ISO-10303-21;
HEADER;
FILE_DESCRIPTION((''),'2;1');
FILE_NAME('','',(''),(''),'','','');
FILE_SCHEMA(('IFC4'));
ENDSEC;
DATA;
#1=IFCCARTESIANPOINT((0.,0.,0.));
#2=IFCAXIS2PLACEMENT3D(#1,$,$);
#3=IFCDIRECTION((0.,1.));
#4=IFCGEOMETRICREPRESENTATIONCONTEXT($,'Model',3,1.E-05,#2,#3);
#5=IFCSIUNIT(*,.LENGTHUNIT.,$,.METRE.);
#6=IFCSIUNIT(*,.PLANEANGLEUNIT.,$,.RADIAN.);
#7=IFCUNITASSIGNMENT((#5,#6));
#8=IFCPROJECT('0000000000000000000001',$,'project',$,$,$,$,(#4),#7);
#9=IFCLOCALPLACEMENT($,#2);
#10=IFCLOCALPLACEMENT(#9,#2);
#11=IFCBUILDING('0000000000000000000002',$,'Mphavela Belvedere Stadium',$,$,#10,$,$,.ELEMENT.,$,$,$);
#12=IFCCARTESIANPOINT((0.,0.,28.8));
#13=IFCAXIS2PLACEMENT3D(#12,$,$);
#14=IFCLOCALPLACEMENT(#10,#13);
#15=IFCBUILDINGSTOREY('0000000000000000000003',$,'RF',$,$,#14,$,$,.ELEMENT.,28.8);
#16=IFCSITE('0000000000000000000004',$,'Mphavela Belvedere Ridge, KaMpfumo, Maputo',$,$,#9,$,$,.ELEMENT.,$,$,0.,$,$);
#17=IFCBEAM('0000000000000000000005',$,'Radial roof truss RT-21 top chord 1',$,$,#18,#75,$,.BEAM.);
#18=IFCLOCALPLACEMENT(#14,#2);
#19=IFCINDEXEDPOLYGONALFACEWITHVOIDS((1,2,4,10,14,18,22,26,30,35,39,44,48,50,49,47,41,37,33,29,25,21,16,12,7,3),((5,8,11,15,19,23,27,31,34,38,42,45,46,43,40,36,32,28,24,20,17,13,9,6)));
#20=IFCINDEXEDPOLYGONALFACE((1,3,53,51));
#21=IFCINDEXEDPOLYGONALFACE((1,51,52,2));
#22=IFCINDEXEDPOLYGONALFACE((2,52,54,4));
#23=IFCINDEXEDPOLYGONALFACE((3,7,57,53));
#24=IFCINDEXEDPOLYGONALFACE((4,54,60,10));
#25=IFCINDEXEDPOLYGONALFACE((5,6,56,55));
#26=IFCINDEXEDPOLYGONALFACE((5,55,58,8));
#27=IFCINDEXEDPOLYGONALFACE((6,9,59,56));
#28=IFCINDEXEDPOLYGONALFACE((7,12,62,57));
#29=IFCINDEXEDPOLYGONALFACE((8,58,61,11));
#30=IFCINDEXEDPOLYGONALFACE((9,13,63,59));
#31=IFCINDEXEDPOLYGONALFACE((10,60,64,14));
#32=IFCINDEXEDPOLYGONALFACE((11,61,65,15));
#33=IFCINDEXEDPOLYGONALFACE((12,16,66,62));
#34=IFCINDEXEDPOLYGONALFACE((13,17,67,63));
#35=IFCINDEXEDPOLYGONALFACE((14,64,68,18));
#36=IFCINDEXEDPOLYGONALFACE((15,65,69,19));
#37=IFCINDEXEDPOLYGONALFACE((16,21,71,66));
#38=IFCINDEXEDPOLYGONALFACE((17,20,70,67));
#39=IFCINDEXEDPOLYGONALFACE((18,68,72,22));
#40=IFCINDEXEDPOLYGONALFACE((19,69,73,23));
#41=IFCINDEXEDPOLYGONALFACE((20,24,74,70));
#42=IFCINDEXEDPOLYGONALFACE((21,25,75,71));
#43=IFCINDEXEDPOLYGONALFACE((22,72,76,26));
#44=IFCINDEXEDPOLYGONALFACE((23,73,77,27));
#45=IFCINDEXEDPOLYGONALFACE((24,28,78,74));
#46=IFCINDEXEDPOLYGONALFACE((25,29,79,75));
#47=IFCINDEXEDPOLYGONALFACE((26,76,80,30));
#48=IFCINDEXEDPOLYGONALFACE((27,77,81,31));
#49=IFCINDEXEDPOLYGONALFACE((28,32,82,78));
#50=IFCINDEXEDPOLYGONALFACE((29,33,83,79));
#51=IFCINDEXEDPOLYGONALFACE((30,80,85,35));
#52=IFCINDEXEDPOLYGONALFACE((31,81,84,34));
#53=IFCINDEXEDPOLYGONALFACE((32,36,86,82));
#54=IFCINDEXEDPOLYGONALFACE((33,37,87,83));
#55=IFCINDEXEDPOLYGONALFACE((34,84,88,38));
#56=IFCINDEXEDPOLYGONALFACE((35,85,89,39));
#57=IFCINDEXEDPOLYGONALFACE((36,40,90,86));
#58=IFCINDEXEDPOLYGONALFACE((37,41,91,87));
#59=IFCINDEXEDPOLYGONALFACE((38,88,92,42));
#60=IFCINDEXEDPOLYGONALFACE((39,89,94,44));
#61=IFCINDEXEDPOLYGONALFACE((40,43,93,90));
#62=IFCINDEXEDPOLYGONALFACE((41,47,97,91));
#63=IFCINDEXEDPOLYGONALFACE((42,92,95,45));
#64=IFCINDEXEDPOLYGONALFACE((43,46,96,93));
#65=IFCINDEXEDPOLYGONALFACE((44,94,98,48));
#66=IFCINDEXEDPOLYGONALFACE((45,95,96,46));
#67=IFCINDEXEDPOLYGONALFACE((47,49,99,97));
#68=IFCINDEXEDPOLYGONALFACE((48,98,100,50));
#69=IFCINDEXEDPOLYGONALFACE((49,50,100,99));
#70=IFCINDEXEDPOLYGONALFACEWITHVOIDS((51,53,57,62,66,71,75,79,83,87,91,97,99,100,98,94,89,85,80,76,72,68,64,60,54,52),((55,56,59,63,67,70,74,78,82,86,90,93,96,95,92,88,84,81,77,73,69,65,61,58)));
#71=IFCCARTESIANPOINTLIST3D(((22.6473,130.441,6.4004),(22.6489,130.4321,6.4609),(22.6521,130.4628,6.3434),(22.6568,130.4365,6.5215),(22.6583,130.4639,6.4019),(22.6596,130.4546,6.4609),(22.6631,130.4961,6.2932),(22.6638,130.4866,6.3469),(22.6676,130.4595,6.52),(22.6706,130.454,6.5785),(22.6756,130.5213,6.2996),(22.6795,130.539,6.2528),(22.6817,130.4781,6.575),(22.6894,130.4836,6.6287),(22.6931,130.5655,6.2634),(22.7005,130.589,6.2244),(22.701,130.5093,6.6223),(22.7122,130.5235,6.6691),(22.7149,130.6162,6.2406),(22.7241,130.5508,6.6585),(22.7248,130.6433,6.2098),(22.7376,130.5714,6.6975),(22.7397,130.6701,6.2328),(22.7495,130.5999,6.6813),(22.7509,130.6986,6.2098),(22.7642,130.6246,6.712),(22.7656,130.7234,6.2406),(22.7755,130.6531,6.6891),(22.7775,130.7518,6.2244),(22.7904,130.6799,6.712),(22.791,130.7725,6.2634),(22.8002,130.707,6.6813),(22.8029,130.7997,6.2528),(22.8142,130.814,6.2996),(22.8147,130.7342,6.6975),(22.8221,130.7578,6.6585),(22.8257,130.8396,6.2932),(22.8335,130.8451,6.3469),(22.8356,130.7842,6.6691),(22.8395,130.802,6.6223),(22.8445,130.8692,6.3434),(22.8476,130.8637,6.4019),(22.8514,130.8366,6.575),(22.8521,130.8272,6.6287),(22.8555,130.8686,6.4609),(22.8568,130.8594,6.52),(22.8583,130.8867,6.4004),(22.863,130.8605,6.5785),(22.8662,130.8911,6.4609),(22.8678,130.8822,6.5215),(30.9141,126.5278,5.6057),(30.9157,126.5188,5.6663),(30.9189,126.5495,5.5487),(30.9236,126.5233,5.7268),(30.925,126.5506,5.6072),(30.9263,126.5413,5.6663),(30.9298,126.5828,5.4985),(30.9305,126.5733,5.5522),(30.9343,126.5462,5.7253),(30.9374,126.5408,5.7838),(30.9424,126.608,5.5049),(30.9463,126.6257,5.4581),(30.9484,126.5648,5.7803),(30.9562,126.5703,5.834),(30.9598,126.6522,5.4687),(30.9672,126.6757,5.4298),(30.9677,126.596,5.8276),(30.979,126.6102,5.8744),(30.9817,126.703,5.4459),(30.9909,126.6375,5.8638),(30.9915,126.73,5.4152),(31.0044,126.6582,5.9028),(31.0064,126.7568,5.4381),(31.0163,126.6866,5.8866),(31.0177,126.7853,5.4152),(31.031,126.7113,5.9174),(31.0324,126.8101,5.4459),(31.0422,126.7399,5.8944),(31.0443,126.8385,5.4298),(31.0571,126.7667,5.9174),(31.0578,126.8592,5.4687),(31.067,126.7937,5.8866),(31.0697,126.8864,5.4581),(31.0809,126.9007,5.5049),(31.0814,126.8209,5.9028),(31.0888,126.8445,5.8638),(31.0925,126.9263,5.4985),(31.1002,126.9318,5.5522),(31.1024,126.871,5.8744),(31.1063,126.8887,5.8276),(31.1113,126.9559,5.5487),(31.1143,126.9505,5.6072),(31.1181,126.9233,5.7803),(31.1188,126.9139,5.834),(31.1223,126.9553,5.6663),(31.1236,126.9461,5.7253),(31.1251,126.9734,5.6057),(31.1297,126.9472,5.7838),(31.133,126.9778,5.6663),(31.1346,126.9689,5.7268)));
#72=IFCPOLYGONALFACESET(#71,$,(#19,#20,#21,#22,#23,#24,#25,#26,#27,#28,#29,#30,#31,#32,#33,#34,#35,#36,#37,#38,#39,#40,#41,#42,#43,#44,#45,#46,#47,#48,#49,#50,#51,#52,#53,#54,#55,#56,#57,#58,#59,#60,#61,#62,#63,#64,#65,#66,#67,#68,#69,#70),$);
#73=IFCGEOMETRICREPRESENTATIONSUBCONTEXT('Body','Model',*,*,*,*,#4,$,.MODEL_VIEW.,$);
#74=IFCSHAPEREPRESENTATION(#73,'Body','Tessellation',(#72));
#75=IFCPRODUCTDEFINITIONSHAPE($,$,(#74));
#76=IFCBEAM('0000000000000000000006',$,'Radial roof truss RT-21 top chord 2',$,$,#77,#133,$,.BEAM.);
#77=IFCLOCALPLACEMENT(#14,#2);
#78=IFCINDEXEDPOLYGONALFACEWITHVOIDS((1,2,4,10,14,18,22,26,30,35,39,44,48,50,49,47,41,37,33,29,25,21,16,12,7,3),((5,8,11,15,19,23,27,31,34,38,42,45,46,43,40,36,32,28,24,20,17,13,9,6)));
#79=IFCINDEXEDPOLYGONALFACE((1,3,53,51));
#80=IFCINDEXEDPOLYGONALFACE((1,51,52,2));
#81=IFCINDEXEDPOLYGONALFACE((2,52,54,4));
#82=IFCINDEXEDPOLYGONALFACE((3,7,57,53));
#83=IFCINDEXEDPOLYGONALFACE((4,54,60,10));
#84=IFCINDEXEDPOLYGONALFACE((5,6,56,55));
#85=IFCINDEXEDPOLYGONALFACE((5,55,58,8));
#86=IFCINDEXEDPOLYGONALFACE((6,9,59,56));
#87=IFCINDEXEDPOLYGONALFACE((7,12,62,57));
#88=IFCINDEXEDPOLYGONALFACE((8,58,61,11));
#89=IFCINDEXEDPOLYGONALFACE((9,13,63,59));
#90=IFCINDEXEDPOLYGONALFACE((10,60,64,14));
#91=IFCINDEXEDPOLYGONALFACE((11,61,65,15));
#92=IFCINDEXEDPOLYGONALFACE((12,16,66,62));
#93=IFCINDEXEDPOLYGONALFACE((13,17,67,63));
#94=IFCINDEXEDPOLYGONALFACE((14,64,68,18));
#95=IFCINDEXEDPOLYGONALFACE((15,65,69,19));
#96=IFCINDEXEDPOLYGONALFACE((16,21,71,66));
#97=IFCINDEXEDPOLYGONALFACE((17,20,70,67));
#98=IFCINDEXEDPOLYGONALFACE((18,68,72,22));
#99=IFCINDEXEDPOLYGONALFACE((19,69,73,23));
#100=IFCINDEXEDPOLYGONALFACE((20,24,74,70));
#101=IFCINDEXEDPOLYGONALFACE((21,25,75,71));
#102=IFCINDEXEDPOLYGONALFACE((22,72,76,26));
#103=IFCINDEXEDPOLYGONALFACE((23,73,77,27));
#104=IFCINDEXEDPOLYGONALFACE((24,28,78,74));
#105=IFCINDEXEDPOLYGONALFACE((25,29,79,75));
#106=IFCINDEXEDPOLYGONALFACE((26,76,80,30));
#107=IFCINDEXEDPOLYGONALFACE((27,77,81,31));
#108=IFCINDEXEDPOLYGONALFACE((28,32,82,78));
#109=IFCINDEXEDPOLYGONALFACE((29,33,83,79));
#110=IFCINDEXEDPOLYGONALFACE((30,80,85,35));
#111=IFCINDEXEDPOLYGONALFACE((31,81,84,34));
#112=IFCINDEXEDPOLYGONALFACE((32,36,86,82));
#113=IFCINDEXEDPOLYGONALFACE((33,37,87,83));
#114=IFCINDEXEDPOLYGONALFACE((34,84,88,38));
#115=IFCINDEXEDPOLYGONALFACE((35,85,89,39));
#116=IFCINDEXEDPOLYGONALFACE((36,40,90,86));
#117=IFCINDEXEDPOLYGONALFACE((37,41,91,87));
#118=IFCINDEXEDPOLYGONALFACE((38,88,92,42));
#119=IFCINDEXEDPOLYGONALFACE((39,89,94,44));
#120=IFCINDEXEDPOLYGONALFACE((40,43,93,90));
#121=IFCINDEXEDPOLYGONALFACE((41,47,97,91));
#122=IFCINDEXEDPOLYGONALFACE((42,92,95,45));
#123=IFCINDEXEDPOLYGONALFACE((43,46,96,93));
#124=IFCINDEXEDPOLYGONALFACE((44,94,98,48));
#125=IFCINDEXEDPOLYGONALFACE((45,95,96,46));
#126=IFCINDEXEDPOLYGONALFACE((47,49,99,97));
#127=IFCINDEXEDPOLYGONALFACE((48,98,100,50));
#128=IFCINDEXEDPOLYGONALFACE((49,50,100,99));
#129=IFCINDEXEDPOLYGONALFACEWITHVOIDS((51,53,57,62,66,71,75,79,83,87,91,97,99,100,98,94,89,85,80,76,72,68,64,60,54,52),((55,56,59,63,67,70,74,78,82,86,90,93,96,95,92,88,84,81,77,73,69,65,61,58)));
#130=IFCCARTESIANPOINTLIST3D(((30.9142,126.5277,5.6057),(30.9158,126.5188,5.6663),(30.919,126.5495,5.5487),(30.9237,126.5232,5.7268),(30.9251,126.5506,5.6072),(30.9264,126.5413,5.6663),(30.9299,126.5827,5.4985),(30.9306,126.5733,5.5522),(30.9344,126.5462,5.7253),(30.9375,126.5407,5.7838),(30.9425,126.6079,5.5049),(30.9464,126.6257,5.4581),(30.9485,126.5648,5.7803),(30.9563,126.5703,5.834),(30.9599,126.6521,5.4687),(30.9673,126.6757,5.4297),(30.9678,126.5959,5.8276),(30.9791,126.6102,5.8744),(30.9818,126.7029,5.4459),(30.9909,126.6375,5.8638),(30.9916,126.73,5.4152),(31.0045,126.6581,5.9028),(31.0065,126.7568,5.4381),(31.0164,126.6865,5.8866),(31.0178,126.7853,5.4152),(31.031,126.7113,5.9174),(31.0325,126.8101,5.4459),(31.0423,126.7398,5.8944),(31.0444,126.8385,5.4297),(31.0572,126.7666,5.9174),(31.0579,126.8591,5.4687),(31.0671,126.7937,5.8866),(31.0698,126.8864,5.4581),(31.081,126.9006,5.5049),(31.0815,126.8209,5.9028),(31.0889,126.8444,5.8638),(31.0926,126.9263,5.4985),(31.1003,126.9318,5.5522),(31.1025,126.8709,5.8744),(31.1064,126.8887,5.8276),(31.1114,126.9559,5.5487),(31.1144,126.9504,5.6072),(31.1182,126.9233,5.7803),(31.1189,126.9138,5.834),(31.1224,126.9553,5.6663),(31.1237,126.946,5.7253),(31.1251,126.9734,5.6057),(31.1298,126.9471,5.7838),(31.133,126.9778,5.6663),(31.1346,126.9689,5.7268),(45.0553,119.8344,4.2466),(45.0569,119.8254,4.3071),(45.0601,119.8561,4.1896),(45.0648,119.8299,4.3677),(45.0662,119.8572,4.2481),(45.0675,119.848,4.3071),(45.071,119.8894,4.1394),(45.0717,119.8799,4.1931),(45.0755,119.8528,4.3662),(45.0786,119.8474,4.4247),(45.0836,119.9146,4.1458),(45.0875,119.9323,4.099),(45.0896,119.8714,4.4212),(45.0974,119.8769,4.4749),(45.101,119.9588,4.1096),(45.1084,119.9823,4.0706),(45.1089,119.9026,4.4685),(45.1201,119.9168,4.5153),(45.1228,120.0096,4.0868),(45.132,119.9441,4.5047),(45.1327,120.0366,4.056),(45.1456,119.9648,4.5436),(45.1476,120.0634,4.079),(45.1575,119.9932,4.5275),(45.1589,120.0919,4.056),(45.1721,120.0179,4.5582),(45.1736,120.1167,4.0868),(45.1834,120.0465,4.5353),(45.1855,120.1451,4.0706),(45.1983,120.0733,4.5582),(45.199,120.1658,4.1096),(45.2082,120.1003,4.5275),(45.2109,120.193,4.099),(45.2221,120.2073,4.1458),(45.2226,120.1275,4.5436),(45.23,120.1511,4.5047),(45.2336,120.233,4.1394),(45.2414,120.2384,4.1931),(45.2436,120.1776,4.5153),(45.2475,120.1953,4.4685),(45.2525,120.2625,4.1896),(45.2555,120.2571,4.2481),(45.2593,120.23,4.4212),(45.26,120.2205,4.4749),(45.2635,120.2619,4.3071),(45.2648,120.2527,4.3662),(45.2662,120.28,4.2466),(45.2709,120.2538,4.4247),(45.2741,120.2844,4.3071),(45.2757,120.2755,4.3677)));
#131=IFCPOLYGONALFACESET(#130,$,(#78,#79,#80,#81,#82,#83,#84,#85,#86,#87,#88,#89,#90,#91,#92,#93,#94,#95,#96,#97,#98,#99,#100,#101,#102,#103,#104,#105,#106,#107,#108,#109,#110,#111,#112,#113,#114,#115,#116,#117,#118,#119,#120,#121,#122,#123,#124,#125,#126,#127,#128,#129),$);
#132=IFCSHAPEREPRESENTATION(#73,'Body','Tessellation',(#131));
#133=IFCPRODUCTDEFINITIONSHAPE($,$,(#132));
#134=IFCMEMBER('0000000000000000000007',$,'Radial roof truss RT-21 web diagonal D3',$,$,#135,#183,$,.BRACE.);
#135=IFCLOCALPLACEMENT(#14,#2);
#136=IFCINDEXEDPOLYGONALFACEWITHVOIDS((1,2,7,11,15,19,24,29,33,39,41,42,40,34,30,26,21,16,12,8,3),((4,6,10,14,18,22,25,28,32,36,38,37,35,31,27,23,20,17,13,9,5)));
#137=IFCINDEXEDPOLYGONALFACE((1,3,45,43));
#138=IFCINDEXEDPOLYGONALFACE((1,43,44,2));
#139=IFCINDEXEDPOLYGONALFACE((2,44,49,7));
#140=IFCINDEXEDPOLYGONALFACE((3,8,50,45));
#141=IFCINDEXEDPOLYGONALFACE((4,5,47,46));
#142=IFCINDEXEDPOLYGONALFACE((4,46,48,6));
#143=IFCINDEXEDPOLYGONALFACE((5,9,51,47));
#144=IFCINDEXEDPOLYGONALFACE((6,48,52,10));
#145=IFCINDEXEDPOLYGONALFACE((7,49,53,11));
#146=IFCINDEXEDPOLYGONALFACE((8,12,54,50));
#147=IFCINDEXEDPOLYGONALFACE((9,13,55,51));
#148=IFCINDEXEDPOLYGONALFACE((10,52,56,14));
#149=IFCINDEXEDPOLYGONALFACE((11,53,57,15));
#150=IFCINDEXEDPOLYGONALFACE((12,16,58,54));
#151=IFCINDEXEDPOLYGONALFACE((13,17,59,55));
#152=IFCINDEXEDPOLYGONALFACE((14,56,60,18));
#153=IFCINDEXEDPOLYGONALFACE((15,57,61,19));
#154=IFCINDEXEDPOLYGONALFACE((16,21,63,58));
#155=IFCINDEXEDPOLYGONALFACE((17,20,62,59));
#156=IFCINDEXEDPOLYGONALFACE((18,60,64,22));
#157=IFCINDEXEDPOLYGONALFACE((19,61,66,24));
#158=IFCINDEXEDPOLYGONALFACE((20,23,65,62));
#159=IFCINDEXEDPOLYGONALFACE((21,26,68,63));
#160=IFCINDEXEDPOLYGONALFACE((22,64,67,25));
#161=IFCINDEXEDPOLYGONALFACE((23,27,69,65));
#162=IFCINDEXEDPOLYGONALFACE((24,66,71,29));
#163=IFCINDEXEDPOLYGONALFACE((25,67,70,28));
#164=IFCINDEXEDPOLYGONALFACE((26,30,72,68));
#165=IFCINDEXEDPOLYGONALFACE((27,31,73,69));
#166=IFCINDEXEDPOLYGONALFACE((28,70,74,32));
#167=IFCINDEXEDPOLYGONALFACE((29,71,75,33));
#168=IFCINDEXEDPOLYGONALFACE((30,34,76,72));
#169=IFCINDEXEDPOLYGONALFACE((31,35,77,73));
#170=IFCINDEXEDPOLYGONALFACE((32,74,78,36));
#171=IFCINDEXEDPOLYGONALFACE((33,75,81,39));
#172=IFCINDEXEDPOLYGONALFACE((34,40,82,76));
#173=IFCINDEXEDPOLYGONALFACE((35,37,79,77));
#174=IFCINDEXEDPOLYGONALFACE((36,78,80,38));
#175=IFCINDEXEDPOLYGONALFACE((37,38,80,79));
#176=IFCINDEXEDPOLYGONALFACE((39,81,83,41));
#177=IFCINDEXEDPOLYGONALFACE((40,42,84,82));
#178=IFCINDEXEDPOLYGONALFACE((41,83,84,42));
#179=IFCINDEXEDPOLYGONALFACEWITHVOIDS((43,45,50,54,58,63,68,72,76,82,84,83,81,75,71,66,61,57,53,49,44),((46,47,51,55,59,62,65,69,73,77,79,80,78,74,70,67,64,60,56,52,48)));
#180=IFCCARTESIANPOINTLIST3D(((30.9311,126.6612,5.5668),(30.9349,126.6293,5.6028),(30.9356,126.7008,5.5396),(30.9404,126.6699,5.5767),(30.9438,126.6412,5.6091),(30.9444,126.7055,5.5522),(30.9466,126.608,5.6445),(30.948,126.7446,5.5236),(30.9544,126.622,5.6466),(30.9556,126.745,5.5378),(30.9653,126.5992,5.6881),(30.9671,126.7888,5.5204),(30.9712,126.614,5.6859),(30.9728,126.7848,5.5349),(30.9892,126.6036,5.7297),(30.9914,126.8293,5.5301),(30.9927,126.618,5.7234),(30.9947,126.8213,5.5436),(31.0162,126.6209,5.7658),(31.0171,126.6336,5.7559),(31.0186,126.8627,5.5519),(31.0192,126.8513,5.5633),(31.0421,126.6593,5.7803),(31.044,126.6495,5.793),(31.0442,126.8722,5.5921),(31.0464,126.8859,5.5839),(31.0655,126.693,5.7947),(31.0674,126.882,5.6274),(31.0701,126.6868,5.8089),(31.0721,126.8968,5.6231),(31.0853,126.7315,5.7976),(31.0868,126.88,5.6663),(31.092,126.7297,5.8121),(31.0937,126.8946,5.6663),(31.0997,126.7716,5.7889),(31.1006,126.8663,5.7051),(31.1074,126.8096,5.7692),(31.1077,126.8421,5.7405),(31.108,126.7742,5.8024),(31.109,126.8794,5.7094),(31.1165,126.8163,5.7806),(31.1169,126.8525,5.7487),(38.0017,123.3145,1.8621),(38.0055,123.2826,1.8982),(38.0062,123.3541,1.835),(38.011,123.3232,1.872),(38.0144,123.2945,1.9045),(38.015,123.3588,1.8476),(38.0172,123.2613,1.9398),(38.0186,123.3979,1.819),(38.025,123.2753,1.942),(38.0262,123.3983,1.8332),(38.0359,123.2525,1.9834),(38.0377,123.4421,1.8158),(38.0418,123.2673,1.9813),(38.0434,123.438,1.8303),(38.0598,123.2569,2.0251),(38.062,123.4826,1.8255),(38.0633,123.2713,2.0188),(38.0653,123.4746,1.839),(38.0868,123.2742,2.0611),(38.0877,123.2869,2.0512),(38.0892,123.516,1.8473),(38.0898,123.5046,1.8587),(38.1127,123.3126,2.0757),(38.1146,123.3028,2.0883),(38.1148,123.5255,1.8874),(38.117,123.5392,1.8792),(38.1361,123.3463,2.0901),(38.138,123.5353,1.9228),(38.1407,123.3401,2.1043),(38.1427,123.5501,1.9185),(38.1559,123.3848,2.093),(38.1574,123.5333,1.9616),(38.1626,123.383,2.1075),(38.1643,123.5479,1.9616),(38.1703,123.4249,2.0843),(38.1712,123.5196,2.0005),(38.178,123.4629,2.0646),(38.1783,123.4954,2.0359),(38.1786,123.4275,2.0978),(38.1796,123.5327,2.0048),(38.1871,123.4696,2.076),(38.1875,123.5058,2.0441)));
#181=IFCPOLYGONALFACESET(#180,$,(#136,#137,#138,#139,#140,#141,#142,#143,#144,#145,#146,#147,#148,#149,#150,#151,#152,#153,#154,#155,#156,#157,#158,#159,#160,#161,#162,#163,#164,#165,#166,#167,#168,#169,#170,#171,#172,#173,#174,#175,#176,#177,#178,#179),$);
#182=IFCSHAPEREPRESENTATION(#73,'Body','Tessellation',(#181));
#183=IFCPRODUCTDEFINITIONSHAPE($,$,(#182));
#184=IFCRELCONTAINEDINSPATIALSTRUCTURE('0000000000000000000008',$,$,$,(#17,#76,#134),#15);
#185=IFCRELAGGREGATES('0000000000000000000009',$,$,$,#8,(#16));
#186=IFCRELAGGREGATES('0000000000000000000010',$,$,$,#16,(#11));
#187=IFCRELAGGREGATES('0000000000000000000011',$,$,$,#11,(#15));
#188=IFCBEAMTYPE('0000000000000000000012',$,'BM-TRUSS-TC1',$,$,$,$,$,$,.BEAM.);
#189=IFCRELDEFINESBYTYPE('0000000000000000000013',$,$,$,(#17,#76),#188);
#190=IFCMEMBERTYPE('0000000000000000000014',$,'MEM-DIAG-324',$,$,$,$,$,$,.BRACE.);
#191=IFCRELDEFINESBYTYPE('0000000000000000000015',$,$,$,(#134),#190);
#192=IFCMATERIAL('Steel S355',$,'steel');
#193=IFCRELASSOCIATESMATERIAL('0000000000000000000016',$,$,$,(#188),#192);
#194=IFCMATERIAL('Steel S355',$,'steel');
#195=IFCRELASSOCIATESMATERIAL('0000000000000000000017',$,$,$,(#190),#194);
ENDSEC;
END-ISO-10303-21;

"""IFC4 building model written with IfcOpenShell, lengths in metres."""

from ifc_helpers import new_model, si_unit, direction, frame, origin, origin_2d, place, context, subcontext, project, spatial, hollow_circle, extrude, material, material_profile, profile_set, type_object, element, save


model = new_model("IFC4")

# Units and contexts
model_context = context("Model", 3, precision=1e-05, world=origin(), true_north=direction((0.0, 1.0)))
body_context = subcontext(model_context, "Body", "Model", "MODEL_VIEW")
ifc_project = project(units=[si_unit("LENGTHUNIT", "METRE"), si_unit("PLANEANGLEUNIT", "RADIAN")], contexts=[model_context])

# Site, building, storey
site_placement = place(None, origin())
site = spatial("IfcSite", under=ifc_project, at=site_placement, Name="Mphavela Belvedere Ridge, KaMpfumo, Maputo", CompositionType="ELEMENT", RefElevation=0.0)
building_placement = place(site_placement, origin())
building = spatial("IfcBuilding", under=site, at=building_placement, Name="Mphavela Belvedere Stadium", CompositionType="ELEMENT")
storey_placement = place(building_placement, frame((0.0, 0.0, 28.8)))
storey = spatial("IfcBuildingStorey", under=building, at=storey_placement, Name="RF", CompositionType="ELEMENT", Elevation=28.8)

# Beams
ifc_material_1 = material(Name="Steel S355", Category="steel")
ifc_material_profile_1 = material_profile(ifc_material_1, hollow_circle(Radius=0.2539, WallThickness=0.0249, at=origin_2d()), Name="CHS 508x25")
ifc_profile_set_1 = profile_set([ifc_material_profile_1], Name="Steel S355")
beam_type_1 = type_object("IfcBeamType", Name="BM-TRUSS-TC1", PredefinedType="BEAM", material=ifc_profile_set_1)
beam_1_placement = place(storey_placement, frame((22.7576, 130.6616, 6.4609), z_axis=(0.900453, -0.426253, -0.086559), x_axis=(0.427859, 0.903845, 0.0)))
element("IfcBeam", 1, at=beam_1_placement, inside=storey, type_object=beam_type_1, Name="Radial roof truss RT-21 top chord 1", PredefinedType="BEAM", context=body_context, shape_type="SweptSolid", body=[
    extrude(hollow_circle(Radius=0.2539, WallThickness=0.0249, at=origin_2d()), origin(), (0.0, 0.0, 1.0), 9.1807),
])
beam_2_placement = place(storey_placement, frame((31.0244, 126.7483, 5.6663), z_axis=(0.900472, -0.426217, -0.086546), x_axis=(0.427822, 0.903863, 0.0)))
element("IfcBeam", 2, at=beam_2_placement, inside=storey, type_object=beam_type_1, Name="Radial roof truss RT-21 top chord 2", PredefinedType="BEAM", context=body_context, shape_type="SweptSolid", body=[
    extrude(hollow_circle(Radius=0.2539, WallThickness=0.0249, at=origin_2d()), origin(), (0.0, 0.0, 1.0), 15.7041),
])

# Member
ifc_material_2 = material(Name="Steel S355", Category="steel")
ifc_material_profile_2 = material_profile(ifc_material_2, hollow_circle(Radius=0.1619, WallThickness=0.0161, at=origin_2d()), Name="CHS 323.9x16")
ifc_profile_set_2 = profile_set([ifc_material_profile_2], Name="Steel S355")
member_type_1 = type_object("IfcMemberType", Name="MEM-DIAG-324", PredefinedType="BRACE", material=ifc_profile_set_2)
member_1_placement = place(storey_placement, frame((31.0244, 126.7483, 5.6663), z_axis=(0.81689, -0.386655, -0.428006), x_axis=(0.427822, 0.903863, 0.0)))
element("IfcMember", 3, at=member_1_placement, inside=storey, type_object=member_type_1, Name="Radial roof truss RT-21 web diagonal D3", PredefinedType="BRACE", context=body_context, shape_type="SweptSolid", body=[
    extrude(hollow_circle(Radius=0.1619, WallThickness=0.0161, at=origin_2d()), origin(), (0.0, 0.0, 1.0), 8.6555),
])

save(model, "model.ifc")
